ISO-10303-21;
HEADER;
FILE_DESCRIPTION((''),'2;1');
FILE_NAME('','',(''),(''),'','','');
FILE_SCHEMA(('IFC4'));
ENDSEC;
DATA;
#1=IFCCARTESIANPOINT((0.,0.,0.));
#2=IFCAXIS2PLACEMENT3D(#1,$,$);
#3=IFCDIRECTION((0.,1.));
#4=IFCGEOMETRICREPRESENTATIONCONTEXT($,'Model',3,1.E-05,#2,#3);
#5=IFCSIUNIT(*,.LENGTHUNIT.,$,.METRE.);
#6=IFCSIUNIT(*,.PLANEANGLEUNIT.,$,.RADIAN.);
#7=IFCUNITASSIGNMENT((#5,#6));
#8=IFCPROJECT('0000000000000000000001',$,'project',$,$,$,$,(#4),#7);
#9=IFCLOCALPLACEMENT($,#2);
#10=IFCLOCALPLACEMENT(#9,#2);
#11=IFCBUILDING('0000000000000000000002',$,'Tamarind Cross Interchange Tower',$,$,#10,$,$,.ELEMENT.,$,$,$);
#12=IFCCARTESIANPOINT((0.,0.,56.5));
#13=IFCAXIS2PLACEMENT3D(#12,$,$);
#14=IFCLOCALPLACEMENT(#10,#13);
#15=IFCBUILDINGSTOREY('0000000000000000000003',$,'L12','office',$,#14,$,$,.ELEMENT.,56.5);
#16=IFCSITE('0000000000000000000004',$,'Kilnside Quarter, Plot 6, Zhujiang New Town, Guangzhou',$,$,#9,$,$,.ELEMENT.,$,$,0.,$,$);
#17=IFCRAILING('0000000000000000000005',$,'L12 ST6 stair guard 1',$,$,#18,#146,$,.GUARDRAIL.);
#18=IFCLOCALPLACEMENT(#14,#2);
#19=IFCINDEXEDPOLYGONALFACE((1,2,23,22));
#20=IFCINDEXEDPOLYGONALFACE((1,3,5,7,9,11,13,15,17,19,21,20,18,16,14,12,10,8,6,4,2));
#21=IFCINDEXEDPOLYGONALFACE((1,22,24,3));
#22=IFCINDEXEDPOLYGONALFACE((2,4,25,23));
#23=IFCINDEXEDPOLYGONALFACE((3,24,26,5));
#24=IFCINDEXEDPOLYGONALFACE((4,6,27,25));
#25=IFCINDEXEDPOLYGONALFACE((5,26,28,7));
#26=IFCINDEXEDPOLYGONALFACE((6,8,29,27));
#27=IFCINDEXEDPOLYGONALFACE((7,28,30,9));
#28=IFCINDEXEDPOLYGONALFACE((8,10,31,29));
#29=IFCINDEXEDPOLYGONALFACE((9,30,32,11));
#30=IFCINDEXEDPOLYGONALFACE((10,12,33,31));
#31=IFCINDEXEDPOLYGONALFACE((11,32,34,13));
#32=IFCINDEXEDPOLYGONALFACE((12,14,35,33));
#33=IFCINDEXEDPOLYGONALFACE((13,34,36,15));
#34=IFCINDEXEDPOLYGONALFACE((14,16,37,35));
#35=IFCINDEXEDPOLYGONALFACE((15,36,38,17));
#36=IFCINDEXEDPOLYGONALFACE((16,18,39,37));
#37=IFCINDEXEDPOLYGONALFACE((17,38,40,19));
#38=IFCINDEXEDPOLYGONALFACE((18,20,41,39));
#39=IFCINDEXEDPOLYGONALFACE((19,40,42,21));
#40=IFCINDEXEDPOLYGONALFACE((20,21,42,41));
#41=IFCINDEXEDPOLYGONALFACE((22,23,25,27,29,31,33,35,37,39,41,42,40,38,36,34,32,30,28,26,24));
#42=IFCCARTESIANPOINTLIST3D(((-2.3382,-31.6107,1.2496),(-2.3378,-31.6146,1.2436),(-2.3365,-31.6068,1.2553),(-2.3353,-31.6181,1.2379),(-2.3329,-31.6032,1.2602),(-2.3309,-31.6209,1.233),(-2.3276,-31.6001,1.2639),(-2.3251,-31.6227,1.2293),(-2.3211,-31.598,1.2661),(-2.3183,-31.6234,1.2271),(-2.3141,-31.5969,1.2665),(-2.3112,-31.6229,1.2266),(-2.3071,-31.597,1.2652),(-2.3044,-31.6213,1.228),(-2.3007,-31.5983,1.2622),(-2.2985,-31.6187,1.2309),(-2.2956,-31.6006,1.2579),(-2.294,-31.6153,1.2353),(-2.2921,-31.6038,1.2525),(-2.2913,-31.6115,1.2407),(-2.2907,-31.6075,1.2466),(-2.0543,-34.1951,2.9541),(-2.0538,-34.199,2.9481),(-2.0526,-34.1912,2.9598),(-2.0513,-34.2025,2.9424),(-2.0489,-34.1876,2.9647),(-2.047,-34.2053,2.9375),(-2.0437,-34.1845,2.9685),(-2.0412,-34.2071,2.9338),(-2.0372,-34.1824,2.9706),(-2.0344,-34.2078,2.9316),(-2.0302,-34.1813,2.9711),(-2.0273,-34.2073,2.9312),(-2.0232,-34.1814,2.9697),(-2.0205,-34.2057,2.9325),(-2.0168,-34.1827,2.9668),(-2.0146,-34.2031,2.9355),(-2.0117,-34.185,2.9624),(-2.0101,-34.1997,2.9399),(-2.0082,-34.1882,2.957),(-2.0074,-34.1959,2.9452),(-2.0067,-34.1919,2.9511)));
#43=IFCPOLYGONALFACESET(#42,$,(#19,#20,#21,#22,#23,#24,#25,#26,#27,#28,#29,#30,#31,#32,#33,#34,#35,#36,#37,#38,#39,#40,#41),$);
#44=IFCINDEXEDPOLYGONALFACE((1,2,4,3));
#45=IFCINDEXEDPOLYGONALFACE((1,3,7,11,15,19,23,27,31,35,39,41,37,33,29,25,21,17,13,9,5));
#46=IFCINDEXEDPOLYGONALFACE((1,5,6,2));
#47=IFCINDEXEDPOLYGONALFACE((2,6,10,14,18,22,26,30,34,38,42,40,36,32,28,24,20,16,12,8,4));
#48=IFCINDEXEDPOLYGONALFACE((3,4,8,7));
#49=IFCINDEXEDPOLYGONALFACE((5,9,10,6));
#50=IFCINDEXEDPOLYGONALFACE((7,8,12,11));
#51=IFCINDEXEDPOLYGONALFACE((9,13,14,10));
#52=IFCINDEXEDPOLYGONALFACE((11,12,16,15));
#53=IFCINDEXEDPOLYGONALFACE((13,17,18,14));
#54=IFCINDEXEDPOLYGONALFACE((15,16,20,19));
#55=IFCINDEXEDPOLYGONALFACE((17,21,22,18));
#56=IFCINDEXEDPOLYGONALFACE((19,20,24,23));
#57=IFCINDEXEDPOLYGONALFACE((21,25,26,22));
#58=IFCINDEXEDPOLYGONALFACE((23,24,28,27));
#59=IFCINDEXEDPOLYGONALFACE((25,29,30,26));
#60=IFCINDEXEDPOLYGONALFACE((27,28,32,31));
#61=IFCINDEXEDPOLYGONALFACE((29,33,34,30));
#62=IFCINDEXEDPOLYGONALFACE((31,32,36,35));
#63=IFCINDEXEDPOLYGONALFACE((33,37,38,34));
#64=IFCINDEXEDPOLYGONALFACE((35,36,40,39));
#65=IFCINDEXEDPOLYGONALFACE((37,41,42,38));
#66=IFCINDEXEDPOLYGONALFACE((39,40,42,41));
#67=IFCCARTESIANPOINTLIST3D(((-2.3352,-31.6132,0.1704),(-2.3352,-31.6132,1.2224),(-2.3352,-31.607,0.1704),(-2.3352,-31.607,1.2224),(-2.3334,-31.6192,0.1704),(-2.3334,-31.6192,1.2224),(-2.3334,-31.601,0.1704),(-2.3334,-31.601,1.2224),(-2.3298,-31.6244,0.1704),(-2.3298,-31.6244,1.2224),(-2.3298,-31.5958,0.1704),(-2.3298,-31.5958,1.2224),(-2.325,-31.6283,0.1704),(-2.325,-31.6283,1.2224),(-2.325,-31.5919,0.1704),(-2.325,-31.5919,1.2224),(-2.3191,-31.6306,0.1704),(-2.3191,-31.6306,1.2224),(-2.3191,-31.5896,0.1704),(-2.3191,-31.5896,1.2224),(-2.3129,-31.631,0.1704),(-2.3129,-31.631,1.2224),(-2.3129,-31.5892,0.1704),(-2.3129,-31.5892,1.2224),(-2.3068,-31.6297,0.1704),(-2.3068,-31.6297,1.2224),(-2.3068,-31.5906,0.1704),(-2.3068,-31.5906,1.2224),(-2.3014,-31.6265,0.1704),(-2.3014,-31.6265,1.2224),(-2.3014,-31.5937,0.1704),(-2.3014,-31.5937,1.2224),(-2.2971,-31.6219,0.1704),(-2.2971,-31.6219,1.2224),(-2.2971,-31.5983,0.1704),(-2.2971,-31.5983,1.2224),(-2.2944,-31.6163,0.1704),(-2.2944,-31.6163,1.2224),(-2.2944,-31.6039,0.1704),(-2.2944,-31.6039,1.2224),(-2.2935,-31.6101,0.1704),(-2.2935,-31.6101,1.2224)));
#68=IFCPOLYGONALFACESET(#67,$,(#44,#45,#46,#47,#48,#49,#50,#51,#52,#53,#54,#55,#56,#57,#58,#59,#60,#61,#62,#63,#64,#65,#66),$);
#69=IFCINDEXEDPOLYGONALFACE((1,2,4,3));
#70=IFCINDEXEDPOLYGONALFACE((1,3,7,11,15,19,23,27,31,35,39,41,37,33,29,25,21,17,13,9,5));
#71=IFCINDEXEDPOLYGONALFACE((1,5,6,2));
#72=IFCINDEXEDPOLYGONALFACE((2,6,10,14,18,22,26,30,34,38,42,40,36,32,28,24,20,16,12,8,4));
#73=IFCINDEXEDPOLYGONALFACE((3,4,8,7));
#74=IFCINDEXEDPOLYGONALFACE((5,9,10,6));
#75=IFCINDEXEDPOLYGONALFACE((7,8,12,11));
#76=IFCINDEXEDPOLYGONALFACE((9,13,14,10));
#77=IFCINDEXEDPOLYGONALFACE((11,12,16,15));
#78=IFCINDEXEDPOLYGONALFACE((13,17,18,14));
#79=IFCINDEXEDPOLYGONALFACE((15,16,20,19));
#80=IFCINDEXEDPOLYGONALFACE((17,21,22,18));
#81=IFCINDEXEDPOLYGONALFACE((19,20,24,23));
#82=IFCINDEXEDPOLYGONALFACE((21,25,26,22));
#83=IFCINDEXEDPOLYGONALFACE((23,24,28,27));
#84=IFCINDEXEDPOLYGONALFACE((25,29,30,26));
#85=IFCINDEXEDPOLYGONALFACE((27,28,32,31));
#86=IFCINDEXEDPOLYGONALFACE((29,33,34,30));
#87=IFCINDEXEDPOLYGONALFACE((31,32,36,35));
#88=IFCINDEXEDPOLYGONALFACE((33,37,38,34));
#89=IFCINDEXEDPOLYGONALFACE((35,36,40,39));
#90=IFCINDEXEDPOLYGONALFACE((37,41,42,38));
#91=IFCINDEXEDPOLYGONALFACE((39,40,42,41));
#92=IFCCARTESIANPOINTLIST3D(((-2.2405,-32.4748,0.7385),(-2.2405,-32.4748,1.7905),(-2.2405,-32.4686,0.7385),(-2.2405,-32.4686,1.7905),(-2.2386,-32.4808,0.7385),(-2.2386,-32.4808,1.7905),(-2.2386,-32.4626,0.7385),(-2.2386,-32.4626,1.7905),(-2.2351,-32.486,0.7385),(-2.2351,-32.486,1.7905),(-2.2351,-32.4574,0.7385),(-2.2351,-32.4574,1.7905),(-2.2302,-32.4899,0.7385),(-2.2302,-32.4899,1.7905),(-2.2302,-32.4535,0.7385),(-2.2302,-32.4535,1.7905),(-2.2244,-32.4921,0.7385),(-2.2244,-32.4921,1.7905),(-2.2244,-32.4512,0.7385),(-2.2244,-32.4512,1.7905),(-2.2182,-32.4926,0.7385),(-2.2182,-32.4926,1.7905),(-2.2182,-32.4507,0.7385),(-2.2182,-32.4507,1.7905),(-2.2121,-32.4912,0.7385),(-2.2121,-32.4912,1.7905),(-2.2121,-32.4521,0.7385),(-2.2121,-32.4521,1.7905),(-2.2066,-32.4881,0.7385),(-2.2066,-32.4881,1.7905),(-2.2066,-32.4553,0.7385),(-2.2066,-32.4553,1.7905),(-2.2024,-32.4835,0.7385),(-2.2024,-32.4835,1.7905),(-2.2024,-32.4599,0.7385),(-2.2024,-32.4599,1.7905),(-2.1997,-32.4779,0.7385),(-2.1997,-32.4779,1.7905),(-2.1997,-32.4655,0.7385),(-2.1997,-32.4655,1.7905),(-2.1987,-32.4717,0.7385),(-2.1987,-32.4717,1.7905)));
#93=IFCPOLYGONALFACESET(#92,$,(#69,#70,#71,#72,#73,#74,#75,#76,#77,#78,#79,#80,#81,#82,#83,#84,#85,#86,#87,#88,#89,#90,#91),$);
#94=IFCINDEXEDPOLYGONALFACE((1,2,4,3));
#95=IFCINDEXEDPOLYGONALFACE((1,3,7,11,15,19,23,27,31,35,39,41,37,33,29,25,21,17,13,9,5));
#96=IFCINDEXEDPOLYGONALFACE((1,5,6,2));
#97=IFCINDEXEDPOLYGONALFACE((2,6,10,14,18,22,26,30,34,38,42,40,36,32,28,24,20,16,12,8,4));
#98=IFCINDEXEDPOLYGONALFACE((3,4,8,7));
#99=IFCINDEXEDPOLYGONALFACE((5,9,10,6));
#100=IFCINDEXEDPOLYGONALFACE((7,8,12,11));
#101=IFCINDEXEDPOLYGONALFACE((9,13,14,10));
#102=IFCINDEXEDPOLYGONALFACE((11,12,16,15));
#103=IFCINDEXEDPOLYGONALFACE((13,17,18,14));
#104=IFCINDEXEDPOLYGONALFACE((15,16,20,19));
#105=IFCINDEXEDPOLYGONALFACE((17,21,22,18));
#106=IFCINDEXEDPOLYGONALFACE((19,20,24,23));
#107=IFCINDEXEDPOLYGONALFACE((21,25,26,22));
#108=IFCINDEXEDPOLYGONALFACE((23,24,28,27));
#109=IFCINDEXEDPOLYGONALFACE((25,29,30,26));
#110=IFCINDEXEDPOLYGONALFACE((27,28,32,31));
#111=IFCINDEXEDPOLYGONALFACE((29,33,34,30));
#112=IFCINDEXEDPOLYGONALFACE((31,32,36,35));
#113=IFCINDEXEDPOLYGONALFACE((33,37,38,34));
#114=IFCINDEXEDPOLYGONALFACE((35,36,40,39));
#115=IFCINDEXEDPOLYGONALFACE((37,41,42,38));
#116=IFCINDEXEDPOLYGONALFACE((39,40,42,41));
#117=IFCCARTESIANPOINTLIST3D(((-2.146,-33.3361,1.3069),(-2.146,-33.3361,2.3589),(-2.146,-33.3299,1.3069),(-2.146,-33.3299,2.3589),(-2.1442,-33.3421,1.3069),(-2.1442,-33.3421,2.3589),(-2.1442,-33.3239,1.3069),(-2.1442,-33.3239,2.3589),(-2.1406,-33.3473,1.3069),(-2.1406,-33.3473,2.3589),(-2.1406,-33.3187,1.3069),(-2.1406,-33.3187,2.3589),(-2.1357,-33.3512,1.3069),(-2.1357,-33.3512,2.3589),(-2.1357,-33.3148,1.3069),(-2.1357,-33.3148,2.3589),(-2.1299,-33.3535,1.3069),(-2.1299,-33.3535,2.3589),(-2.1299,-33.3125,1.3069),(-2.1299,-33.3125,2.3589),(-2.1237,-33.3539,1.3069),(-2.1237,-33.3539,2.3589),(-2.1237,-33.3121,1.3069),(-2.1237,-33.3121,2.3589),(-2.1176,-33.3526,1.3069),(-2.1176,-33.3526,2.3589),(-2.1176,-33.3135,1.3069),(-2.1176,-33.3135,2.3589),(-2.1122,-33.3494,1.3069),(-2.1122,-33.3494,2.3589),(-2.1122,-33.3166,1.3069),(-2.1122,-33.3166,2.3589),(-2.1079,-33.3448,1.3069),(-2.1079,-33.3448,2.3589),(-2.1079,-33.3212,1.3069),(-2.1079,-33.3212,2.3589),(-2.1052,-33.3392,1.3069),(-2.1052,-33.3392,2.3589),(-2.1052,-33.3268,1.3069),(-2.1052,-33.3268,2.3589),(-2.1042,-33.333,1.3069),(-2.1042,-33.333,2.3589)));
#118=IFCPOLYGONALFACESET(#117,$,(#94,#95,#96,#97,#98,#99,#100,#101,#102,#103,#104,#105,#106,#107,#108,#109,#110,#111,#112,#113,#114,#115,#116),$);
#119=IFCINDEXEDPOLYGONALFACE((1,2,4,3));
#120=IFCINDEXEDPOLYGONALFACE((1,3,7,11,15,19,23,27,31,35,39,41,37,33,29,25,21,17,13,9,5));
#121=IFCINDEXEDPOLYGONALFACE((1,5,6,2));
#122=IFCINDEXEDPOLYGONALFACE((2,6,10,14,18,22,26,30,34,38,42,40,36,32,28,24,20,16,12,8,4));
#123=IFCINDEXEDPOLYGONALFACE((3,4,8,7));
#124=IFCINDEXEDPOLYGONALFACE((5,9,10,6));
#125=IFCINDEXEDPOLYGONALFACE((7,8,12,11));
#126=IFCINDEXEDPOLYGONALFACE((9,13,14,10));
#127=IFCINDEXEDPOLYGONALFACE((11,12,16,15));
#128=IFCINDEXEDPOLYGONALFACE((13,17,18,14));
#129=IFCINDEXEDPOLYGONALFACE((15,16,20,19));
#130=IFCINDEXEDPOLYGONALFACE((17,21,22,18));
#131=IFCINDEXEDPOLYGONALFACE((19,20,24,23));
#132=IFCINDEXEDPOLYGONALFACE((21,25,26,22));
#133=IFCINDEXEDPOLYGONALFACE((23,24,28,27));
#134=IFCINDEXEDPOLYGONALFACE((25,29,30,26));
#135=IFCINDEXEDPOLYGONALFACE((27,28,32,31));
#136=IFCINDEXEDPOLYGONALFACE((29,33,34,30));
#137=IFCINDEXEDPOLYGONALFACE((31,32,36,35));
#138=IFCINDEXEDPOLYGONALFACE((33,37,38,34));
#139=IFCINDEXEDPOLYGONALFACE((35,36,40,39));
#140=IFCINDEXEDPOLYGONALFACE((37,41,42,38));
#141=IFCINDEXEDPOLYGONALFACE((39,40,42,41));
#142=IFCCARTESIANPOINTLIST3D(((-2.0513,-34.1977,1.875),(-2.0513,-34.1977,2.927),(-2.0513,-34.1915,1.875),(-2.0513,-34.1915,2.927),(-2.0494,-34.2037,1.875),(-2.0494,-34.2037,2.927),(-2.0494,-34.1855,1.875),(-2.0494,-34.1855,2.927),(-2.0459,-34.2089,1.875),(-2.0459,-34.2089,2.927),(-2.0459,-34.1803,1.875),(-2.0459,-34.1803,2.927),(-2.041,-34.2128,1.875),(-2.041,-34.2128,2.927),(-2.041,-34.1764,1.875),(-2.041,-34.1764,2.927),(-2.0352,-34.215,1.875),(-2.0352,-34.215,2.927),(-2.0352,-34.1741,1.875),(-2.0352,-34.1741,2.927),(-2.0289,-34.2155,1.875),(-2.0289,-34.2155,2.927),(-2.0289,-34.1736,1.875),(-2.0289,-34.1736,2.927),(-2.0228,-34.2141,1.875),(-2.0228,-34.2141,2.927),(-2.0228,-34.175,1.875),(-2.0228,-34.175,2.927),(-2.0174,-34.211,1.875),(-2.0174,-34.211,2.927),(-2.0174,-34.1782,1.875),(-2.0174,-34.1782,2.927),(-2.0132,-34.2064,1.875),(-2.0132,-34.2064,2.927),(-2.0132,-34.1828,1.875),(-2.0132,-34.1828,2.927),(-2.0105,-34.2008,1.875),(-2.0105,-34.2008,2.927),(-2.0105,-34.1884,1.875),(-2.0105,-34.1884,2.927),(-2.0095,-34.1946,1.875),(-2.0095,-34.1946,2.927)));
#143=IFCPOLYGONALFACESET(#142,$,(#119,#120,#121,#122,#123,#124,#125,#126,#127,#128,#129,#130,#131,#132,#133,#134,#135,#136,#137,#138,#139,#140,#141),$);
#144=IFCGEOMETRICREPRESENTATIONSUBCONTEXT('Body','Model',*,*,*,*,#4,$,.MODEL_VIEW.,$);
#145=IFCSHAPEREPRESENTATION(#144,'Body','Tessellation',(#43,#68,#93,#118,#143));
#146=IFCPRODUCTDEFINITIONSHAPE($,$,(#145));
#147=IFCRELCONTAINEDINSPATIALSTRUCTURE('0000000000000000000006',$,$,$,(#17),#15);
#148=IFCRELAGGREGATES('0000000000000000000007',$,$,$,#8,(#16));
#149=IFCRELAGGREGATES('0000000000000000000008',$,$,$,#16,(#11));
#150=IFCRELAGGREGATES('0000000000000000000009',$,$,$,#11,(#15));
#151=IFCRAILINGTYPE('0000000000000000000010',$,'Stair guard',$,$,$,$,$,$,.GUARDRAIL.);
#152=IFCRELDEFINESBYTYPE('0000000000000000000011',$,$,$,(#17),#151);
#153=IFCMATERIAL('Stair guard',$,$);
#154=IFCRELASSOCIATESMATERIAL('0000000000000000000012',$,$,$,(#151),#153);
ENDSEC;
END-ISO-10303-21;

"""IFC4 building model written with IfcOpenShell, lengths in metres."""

from ifc_helpers import new_model, si_unit, direction, frame, origin, origin_2d, place, context, subcontext, project, spatial, circle, extrude, material, type_object, element, save


model = new_model("IFC4")

# Units and contexts
model_context = context("Model", 3, precision=1e-05, world=origin(), true_north=direction((0.0, 1.0)))
body_context = subcontext(model_context, "Body", "Model", "MODEL_VIEW")
ifc_project = project(units=[si_unit("LENGTHUNIT", "METRE"), si_unit("PLANEANGLEUNIT", "RADIAN")], contexts=[model_context])

# Site, building, storey
site_placement = place(None, origin())
site = spatial("IfcSite", under=ifc_project, at=site_placement, Name="Kilnside Quarter, Plot 6, Zhujiang New Town, Guangzhou", CompositionType="ELEMENT", RefElevation=0.0)
building_placement = place(site_placement, origin())
building = spatial("IfcBuilding", under=site, at=building_placement, Name="Tamarind Cross Interchange Tower", CompositionType="ELEMENT")
storey_placement = place(building_placement, frame((0.0, 0.0, 56.5)))
storey = spatial("IfcBuildingStorey", under=building, at=storey_placement, Name="L12", Description="office", CompositionType="ELEMENT", Elevation=56.5)

# Railing
ifc_material_1 = material(Name="Stair guard")
railing_type_1 = type_object("IfcRailingType", Name="Stair guard", PredefinedType="GUARDRAIL", material=ifc_material_1)
railing_1_placement = place(storey_placement, frame((-2.3145, -31.6101, 0.1704)))
element("IfcRailing", 1, at=railing_1_placement, inside=storey, type_object=railing_type_1, Name="L12 ST6 stair guard 1", PredefinedType="GUARDRAIL", context=body_context, shape_type="SweptSolid", body=[
    extrude(circle(Radius=0.0239, at=origin_2d()), frame((0.0, 0.0, 1.0762), z_axis=(0.091328, -0.831293, 0.54828), x_axis=(0.994019, 0.109205, 0.0)), (0.0, 0.0, 1.0), 3.1089),
    extrude(circle(Radius=0.021, at=origin_2d()), origin(), (0.0, 0.0, 1.0), 1.052),
    extrude(circle(Radius=0.021, at=origin_2d()), frame((0.0947, -0.8616, 0.5681)), (0.0, 0.0, 1.0), 1.052),
    extrude(circle(Radius=0.021, at=origin_2d()), frame((0.1892, -1.7229, 1.1365)), (0.0, 0.0, 1.0), 1.052),
    extrude(circle(Radius=0.021, at=origin_2d()), frame((0.2839, -2.5845, 1.7046)), (0.0, 0.0, 1.0), 1.052),
])

save(model, "model.ifc")
